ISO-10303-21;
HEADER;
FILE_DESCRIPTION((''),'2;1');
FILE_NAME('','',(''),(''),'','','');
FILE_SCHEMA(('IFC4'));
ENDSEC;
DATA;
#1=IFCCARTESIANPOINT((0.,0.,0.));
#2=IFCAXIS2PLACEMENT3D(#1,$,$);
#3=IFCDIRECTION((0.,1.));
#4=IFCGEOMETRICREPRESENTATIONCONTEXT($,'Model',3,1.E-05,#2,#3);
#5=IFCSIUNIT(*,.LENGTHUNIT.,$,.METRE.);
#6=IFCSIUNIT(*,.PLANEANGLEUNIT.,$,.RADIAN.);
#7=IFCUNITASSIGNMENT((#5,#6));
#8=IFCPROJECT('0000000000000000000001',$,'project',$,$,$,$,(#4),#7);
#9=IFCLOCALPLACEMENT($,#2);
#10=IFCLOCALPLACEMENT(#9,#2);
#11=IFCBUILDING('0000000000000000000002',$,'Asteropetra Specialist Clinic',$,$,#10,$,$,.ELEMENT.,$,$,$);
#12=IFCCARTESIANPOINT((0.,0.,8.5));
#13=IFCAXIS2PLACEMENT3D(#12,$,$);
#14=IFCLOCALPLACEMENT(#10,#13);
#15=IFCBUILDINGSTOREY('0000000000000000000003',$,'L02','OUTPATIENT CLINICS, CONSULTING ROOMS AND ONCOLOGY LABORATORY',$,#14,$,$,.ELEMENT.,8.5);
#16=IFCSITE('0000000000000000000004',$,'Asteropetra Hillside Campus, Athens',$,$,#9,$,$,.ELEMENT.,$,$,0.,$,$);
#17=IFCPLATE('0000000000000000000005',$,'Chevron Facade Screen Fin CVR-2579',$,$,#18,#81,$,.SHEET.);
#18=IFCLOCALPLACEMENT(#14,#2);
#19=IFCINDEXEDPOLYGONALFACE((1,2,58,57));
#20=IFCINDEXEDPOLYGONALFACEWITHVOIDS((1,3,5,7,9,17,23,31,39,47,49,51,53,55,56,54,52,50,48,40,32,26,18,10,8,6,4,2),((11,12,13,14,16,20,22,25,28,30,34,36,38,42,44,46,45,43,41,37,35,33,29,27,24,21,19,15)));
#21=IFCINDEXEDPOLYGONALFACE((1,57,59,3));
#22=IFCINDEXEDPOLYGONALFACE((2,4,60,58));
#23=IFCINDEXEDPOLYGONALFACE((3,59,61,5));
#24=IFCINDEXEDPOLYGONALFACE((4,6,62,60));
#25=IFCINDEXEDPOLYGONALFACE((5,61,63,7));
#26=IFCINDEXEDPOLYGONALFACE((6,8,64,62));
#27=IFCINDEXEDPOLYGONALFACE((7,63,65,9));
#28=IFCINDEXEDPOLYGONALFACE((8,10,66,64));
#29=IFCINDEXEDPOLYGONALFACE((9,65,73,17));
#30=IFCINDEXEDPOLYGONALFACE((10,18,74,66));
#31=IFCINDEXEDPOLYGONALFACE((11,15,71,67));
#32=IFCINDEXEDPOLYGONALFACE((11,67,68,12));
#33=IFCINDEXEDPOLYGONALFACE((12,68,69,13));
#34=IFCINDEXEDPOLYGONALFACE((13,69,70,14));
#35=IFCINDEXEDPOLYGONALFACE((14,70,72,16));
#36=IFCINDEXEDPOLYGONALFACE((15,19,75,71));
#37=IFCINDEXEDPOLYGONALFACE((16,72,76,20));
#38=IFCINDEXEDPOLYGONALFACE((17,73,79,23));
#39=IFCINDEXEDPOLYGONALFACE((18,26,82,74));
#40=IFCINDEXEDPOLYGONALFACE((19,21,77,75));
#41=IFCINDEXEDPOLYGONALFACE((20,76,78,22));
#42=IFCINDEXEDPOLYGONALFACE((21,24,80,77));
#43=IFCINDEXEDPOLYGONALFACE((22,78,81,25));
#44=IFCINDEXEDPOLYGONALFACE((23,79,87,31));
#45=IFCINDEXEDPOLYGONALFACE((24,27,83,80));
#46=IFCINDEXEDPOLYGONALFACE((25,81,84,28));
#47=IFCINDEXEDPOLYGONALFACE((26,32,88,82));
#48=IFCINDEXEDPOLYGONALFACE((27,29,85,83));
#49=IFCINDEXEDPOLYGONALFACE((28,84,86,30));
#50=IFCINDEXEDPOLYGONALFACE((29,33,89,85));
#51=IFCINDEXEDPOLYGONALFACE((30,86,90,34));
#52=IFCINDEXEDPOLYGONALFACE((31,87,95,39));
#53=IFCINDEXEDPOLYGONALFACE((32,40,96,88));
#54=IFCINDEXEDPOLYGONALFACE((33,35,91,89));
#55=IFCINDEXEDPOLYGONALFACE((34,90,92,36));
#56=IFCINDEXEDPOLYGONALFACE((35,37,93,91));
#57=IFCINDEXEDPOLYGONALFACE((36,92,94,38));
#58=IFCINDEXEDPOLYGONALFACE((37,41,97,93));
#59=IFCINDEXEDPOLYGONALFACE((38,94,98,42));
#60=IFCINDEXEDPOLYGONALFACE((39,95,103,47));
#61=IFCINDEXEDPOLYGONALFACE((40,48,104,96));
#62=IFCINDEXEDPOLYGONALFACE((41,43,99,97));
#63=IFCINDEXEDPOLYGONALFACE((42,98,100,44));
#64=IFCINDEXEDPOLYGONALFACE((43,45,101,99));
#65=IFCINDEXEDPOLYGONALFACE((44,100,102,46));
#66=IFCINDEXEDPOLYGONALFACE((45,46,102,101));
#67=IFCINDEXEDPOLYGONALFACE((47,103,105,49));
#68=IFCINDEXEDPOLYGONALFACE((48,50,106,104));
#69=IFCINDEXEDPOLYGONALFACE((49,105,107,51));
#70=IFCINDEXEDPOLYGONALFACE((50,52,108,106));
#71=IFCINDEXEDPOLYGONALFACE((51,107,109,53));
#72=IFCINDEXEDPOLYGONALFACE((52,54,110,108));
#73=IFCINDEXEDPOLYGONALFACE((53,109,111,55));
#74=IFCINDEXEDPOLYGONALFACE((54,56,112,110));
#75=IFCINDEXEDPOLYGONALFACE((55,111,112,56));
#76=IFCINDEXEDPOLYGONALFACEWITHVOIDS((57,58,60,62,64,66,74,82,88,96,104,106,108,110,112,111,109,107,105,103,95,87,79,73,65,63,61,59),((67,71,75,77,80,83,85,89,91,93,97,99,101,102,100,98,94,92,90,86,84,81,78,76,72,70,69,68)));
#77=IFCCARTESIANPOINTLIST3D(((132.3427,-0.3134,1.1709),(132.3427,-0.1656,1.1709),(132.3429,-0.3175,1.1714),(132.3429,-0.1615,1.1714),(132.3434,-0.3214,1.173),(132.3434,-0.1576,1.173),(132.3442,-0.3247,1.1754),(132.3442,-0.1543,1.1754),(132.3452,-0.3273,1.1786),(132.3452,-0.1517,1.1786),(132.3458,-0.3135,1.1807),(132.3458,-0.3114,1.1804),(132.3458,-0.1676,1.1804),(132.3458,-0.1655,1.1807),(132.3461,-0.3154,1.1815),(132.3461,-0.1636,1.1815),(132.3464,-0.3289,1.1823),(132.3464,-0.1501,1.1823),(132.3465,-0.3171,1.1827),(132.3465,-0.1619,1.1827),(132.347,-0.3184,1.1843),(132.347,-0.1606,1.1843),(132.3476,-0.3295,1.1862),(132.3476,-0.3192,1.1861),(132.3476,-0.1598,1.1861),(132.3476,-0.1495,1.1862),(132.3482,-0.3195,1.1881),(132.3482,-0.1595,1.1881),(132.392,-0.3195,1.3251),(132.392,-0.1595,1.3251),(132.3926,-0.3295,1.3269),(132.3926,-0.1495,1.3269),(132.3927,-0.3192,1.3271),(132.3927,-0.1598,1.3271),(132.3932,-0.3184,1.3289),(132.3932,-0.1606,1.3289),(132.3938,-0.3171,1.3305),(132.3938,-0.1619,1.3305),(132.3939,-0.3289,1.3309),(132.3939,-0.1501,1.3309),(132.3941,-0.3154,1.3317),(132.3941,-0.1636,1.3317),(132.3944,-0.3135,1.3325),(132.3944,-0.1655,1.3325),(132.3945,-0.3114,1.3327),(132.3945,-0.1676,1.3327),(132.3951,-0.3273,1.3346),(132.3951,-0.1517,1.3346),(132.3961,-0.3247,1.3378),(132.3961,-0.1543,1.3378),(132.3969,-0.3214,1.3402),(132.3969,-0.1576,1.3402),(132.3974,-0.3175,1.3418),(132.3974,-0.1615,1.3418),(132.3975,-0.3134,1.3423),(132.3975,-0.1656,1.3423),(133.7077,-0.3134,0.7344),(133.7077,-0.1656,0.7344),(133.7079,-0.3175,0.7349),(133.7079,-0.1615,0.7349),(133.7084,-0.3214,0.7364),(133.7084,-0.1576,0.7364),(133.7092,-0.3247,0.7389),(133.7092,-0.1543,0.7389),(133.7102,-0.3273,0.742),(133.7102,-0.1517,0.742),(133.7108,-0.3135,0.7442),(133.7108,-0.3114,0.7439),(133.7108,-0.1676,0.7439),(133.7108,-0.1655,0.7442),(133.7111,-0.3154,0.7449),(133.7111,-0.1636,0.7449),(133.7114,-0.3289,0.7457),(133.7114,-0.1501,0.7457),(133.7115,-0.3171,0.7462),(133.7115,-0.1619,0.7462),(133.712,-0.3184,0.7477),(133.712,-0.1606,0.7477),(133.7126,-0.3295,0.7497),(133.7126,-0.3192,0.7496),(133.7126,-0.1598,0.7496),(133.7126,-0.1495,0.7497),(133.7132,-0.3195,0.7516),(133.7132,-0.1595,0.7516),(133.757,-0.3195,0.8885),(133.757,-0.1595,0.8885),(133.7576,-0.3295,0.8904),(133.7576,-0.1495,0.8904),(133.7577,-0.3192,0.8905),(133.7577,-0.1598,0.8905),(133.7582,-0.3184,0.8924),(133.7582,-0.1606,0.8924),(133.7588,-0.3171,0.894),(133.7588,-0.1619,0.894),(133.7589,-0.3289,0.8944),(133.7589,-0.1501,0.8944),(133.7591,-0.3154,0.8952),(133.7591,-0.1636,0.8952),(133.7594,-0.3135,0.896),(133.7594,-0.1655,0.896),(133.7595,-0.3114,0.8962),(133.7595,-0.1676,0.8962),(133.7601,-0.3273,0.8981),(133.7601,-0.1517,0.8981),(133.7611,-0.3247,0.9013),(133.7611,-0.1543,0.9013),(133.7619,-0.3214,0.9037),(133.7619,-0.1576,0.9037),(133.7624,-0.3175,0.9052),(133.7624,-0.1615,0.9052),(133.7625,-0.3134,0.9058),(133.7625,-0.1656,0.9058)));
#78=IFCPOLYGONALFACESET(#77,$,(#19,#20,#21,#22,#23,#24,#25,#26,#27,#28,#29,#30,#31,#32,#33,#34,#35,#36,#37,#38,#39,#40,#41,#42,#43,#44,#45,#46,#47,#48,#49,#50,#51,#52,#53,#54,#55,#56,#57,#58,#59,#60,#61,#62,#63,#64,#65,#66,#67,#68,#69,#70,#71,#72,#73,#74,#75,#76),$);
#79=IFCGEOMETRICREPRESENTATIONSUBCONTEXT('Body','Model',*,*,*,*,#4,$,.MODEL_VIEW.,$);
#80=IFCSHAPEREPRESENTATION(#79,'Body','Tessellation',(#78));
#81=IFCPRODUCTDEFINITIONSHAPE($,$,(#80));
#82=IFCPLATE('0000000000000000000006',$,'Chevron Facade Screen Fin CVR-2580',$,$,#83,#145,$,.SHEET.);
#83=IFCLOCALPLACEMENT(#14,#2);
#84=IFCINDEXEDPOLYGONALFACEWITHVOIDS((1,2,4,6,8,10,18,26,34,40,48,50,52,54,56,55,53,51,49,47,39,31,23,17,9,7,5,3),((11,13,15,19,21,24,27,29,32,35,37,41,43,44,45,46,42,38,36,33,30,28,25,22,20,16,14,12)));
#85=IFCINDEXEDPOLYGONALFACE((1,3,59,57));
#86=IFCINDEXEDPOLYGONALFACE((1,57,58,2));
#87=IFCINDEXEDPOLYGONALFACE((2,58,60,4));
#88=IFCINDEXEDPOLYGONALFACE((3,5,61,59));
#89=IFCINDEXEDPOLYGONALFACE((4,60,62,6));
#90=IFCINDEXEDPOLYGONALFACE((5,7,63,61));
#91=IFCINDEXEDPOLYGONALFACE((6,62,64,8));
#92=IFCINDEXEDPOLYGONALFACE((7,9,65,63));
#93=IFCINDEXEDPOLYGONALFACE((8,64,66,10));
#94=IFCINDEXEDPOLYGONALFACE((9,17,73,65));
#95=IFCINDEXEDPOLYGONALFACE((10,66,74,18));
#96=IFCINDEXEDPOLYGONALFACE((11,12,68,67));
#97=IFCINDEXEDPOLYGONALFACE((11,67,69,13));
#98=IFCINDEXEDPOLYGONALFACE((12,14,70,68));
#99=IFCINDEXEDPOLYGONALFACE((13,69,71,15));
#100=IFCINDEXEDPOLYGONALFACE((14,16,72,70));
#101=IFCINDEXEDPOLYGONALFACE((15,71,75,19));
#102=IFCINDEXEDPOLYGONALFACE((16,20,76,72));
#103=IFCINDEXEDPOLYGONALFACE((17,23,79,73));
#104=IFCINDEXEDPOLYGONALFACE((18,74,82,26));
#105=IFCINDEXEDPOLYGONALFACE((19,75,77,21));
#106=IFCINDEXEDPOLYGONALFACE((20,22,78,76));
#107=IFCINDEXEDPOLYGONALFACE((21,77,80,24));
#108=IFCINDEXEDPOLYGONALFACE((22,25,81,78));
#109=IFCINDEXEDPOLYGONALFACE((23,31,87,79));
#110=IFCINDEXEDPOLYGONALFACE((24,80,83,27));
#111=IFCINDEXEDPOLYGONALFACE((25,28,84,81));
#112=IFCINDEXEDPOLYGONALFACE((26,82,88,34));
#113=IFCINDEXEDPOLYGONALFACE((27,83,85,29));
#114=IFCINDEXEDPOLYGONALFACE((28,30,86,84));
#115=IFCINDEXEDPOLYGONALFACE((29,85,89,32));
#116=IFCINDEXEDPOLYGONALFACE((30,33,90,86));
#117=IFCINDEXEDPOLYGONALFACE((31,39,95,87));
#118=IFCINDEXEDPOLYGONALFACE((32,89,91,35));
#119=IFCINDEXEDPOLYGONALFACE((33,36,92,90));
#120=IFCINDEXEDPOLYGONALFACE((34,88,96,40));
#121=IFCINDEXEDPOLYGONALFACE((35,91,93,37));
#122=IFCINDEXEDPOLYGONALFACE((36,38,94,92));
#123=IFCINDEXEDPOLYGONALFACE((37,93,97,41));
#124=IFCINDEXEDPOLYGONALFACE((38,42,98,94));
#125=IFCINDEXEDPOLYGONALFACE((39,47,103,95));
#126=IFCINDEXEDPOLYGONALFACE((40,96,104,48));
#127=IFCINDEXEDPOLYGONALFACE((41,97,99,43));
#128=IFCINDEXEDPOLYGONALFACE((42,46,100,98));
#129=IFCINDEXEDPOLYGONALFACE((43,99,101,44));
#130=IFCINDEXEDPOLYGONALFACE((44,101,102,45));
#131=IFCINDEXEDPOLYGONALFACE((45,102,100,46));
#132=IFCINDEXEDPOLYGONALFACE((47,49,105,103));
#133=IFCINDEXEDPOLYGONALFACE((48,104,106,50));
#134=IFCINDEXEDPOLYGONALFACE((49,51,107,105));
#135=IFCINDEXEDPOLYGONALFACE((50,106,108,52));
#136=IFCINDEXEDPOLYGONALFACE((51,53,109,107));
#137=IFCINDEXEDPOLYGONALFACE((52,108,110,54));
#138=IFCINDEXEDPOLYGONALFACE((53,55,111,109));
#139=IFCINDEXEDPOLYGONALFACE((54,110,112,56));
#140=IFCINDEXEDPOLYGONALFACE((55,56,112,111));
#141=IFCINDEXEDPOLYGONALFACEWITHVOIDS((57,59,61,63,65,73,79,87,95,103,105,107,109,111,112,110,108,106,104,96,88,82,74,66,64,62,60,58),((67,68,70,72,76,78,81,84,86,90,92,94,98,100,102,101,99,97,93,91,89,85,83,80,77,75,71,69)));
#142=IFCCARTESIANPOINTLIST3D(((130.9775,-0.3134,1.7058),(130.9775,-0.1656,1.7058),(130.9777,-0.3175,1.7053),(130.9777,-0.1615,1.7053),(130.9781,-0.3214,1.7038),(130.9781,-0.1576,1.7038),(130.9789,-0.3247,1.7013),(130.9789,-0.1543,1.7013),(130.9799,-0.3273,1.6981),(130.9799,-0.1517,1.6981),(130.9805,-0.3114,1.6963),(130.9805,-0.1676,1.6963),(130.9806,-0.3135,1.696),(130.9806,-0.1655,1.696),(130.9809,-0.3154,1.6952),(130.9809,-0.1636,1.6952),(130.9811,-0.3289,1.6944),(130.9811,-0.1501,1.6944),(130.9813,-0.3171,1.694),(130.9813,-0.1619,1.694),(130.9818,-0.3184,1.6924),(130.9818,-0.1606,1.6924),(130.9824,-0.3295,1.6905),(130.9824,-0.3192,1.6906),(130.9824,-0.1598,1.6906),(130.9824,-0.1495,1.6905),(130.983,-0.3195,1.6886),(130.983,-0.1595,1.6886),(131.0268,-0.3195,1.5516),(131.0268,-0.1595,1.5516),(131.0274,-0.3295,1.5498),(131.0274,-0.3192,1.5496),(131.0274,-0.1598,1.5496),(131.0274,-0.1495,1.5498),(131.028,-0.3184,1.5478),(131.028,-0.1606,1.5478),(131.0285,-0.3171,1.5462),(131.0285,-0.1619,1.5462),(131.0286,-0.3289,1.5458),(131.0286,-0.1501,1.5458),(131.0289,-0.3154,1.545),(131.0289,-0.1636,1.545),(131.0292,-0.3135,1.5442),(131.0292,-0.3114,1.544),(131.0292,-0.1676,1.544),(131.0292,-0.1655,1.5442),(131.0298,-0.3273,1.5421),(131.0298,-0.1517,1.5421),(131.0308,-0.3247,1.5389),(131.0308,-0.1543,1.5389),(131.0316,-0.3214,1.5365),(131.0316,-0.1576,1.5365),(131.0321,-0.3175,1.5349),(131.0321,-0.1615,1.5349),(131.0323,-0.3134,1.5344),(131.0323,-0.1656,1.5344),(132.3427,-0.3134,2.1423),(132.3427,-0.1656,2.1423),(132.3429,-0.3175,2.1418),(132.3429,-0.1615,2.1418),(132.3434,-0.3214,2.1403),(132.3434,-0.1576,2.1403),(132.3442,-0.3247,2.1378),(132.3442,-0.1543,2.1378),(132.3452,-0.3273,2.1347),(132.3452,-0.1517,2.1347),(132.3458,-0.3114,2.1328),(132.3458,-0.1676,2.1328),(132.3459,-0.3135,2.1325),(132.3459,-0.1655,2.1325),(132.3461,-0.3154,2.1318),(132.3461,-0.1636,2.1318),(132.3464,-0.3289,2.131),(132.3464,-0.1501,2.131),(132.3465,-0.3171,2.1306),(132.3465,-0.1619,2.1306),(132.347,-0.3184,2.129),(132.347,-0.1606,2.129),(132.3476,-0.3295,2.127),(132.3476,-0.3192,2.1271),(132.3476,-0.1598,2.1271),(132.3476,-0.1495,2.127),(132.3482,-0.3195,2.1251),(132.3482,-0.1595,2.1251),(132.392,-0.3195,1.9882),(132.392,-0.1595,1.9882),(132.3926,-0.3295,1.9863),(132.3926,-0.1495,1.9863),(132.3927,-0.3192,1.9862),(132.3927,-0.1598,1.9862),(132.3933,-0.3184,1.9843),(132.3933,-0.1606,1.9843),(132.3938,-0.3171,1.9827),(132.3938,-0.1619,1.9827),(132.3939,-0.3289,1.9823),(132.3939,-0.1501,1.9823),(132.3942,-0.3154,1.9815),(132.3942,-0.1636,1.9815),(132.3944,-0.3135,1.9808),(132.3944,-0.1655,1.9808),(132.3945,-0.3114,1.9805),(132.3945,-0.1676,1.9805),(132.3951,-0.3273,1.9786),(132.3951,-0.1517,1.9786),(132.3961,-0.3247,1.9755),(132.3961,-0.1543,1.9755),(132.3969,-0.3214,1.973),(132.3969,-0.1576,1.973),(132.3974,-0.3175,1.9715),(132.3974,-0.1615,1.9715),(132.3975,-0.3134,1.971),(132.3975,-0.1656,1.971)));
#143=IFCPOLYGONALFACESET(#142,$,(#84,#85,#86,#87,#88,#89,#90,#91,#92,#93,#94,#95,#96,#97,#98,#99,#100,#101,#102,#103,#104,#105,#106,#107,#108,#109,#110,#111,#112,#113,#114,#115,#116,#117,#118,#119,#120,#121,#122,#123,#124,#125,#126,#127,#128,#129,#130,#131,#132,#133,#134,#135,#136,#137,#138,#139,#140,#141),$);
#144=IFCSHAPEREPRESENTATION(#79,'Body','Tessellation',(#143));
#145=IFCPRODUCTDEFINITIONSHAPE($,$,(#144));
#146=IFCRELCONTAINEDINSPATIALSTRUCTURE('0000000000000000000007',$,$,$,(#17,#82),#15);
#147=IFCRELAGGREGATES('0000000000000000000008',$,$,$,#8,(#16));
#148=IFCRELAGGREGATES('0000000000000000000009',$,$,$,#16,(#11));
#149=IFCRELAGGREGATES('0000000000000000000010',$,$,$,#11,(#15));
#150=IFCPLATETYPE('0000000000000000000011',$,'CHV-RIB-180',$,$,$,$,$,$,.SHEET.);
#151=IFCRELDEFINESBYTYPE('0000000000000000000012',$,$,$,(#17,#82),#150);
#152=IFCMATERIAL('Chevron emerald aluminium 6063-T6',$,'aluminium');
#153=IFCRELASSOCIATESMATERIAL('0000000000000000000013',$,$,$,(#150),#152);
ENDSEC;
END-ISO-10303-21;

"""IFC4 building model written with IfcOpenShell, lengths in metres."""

from ifc_helpers import new_model, si_unit, direction, frame, origin, origin_2d, place, context, subcontext, project, spatial, hollow_rectangle, extrude, material, material_profile, profile_set, type_object, element, save


model = new_model("IFC4")

# Units and contexts
model_context = context("Model", 3, precision=1e-05, world=origin(), true_north=direction((0.0, 1.0)))
body_context = subcontext(model_context, "Body", "Model", "MODEL_VIEW")
ifc_project = project(units=[si_unit("LENGTHUNIT", "METRE"), si_unit("PLANEANGLEUNIT", "RADIAN")], contexts=[model_context])

# Site, building, storey
site_placement = place(None, origin())
site = spatial("IfcSite", under=ifc_project, at=site_placement, Name="Asteropetra Hillside Campus, Athens", CompositionType="ELEMENT", RefElevation=0.0)
building_placement = place(site_placement, origin())
building = spatial("IfcBuilding", under=site, at=building_placement, Name="Asteropetra Specialist Clinic", CompositionType="ELEMENT")
storey_placement = place(building_placement, frame((0.0, 0.0, 8.5)))
storey = spatial("IfcBuildingStorey", under=building, at=storey_placement, Name="L02", Description="OUTPATIENT CLINICS, CONSULTING ROOMS AND ONCOLOGY LABORATORY", CompositionType="ELEMENT", Elevation=8.5)

# Plates
ifc_material_1 = material(Name="Chevron emerald aluminium 6063-T6", Category="aluminium")
ifc_material_profile = material_profile(ifc_material_1, hollow_rectangle(XDim=0.1799, YDim=0.1799, WallThickness=0.01, InnerFilletRadius=0.0081, OuterFilletRadius=0.0161, at=origin_2d()), Name="SHS 180x180x10.0")
ifc_profile_set = profile_set([ifc_material_profile], Name="Chevron emerald aluminium 6063-T6")
plate_type = type_object("IfcPlateType", Name="CHV-RIB-180", PredefinedType="SHEET", material=ifc_profile_set)
plate_1_placement = place(storey_placement, frame((132.3701, -0.2395, 1.2566), z_axis=(0.95248, 0.0, -0.304603), x_axis=(0.0, 1.0, 0.0)))
element("IfcPlate", 1, at=plate_1_placement, inside=storey, type_object=plate_type, Name="Chevron Facade Screen Fin CVR-2579", PredefinedType="SHEET", context=body_context, shape_type="SweptSolid", body=[
    extrude(hollow_rectangle(XDim=0.1799, YDim=0.1799, WallThickness=0.01, InnerFilletRadius=0.0081, OuterFilletRadius=0.0161, at=origin_2d()), origin(), (0.0, 0.0, 1.0), 1.4331),
])
plate_2_placement = place(storey_placement, frame((131.0049, -0.2395, 1.6201), z_axis=(0.952495, 0.0, 0.304553), x_axis=(0.0, 1.0, 0.0)))
element("IfcPlate", 2, at=plate_2_placement, inside=storey, type_object=plate_type, Name="Chevron Facade Screen Fin CVR-2580", PredefinedType="SHEET", context=body_context, shape_type="SweptSolid", body=[
    extrude(hollow_rectangle(XDim=0.1799, YDim=0.1799, WallThickness=0.01, InnerFilletRadius=0.0081, OuterFilletRadius=0.0161, at=origin_2d()), origin(), (0.0, 0.0, 1.0), 1.4333),
])

save(model, "model.ifc")
